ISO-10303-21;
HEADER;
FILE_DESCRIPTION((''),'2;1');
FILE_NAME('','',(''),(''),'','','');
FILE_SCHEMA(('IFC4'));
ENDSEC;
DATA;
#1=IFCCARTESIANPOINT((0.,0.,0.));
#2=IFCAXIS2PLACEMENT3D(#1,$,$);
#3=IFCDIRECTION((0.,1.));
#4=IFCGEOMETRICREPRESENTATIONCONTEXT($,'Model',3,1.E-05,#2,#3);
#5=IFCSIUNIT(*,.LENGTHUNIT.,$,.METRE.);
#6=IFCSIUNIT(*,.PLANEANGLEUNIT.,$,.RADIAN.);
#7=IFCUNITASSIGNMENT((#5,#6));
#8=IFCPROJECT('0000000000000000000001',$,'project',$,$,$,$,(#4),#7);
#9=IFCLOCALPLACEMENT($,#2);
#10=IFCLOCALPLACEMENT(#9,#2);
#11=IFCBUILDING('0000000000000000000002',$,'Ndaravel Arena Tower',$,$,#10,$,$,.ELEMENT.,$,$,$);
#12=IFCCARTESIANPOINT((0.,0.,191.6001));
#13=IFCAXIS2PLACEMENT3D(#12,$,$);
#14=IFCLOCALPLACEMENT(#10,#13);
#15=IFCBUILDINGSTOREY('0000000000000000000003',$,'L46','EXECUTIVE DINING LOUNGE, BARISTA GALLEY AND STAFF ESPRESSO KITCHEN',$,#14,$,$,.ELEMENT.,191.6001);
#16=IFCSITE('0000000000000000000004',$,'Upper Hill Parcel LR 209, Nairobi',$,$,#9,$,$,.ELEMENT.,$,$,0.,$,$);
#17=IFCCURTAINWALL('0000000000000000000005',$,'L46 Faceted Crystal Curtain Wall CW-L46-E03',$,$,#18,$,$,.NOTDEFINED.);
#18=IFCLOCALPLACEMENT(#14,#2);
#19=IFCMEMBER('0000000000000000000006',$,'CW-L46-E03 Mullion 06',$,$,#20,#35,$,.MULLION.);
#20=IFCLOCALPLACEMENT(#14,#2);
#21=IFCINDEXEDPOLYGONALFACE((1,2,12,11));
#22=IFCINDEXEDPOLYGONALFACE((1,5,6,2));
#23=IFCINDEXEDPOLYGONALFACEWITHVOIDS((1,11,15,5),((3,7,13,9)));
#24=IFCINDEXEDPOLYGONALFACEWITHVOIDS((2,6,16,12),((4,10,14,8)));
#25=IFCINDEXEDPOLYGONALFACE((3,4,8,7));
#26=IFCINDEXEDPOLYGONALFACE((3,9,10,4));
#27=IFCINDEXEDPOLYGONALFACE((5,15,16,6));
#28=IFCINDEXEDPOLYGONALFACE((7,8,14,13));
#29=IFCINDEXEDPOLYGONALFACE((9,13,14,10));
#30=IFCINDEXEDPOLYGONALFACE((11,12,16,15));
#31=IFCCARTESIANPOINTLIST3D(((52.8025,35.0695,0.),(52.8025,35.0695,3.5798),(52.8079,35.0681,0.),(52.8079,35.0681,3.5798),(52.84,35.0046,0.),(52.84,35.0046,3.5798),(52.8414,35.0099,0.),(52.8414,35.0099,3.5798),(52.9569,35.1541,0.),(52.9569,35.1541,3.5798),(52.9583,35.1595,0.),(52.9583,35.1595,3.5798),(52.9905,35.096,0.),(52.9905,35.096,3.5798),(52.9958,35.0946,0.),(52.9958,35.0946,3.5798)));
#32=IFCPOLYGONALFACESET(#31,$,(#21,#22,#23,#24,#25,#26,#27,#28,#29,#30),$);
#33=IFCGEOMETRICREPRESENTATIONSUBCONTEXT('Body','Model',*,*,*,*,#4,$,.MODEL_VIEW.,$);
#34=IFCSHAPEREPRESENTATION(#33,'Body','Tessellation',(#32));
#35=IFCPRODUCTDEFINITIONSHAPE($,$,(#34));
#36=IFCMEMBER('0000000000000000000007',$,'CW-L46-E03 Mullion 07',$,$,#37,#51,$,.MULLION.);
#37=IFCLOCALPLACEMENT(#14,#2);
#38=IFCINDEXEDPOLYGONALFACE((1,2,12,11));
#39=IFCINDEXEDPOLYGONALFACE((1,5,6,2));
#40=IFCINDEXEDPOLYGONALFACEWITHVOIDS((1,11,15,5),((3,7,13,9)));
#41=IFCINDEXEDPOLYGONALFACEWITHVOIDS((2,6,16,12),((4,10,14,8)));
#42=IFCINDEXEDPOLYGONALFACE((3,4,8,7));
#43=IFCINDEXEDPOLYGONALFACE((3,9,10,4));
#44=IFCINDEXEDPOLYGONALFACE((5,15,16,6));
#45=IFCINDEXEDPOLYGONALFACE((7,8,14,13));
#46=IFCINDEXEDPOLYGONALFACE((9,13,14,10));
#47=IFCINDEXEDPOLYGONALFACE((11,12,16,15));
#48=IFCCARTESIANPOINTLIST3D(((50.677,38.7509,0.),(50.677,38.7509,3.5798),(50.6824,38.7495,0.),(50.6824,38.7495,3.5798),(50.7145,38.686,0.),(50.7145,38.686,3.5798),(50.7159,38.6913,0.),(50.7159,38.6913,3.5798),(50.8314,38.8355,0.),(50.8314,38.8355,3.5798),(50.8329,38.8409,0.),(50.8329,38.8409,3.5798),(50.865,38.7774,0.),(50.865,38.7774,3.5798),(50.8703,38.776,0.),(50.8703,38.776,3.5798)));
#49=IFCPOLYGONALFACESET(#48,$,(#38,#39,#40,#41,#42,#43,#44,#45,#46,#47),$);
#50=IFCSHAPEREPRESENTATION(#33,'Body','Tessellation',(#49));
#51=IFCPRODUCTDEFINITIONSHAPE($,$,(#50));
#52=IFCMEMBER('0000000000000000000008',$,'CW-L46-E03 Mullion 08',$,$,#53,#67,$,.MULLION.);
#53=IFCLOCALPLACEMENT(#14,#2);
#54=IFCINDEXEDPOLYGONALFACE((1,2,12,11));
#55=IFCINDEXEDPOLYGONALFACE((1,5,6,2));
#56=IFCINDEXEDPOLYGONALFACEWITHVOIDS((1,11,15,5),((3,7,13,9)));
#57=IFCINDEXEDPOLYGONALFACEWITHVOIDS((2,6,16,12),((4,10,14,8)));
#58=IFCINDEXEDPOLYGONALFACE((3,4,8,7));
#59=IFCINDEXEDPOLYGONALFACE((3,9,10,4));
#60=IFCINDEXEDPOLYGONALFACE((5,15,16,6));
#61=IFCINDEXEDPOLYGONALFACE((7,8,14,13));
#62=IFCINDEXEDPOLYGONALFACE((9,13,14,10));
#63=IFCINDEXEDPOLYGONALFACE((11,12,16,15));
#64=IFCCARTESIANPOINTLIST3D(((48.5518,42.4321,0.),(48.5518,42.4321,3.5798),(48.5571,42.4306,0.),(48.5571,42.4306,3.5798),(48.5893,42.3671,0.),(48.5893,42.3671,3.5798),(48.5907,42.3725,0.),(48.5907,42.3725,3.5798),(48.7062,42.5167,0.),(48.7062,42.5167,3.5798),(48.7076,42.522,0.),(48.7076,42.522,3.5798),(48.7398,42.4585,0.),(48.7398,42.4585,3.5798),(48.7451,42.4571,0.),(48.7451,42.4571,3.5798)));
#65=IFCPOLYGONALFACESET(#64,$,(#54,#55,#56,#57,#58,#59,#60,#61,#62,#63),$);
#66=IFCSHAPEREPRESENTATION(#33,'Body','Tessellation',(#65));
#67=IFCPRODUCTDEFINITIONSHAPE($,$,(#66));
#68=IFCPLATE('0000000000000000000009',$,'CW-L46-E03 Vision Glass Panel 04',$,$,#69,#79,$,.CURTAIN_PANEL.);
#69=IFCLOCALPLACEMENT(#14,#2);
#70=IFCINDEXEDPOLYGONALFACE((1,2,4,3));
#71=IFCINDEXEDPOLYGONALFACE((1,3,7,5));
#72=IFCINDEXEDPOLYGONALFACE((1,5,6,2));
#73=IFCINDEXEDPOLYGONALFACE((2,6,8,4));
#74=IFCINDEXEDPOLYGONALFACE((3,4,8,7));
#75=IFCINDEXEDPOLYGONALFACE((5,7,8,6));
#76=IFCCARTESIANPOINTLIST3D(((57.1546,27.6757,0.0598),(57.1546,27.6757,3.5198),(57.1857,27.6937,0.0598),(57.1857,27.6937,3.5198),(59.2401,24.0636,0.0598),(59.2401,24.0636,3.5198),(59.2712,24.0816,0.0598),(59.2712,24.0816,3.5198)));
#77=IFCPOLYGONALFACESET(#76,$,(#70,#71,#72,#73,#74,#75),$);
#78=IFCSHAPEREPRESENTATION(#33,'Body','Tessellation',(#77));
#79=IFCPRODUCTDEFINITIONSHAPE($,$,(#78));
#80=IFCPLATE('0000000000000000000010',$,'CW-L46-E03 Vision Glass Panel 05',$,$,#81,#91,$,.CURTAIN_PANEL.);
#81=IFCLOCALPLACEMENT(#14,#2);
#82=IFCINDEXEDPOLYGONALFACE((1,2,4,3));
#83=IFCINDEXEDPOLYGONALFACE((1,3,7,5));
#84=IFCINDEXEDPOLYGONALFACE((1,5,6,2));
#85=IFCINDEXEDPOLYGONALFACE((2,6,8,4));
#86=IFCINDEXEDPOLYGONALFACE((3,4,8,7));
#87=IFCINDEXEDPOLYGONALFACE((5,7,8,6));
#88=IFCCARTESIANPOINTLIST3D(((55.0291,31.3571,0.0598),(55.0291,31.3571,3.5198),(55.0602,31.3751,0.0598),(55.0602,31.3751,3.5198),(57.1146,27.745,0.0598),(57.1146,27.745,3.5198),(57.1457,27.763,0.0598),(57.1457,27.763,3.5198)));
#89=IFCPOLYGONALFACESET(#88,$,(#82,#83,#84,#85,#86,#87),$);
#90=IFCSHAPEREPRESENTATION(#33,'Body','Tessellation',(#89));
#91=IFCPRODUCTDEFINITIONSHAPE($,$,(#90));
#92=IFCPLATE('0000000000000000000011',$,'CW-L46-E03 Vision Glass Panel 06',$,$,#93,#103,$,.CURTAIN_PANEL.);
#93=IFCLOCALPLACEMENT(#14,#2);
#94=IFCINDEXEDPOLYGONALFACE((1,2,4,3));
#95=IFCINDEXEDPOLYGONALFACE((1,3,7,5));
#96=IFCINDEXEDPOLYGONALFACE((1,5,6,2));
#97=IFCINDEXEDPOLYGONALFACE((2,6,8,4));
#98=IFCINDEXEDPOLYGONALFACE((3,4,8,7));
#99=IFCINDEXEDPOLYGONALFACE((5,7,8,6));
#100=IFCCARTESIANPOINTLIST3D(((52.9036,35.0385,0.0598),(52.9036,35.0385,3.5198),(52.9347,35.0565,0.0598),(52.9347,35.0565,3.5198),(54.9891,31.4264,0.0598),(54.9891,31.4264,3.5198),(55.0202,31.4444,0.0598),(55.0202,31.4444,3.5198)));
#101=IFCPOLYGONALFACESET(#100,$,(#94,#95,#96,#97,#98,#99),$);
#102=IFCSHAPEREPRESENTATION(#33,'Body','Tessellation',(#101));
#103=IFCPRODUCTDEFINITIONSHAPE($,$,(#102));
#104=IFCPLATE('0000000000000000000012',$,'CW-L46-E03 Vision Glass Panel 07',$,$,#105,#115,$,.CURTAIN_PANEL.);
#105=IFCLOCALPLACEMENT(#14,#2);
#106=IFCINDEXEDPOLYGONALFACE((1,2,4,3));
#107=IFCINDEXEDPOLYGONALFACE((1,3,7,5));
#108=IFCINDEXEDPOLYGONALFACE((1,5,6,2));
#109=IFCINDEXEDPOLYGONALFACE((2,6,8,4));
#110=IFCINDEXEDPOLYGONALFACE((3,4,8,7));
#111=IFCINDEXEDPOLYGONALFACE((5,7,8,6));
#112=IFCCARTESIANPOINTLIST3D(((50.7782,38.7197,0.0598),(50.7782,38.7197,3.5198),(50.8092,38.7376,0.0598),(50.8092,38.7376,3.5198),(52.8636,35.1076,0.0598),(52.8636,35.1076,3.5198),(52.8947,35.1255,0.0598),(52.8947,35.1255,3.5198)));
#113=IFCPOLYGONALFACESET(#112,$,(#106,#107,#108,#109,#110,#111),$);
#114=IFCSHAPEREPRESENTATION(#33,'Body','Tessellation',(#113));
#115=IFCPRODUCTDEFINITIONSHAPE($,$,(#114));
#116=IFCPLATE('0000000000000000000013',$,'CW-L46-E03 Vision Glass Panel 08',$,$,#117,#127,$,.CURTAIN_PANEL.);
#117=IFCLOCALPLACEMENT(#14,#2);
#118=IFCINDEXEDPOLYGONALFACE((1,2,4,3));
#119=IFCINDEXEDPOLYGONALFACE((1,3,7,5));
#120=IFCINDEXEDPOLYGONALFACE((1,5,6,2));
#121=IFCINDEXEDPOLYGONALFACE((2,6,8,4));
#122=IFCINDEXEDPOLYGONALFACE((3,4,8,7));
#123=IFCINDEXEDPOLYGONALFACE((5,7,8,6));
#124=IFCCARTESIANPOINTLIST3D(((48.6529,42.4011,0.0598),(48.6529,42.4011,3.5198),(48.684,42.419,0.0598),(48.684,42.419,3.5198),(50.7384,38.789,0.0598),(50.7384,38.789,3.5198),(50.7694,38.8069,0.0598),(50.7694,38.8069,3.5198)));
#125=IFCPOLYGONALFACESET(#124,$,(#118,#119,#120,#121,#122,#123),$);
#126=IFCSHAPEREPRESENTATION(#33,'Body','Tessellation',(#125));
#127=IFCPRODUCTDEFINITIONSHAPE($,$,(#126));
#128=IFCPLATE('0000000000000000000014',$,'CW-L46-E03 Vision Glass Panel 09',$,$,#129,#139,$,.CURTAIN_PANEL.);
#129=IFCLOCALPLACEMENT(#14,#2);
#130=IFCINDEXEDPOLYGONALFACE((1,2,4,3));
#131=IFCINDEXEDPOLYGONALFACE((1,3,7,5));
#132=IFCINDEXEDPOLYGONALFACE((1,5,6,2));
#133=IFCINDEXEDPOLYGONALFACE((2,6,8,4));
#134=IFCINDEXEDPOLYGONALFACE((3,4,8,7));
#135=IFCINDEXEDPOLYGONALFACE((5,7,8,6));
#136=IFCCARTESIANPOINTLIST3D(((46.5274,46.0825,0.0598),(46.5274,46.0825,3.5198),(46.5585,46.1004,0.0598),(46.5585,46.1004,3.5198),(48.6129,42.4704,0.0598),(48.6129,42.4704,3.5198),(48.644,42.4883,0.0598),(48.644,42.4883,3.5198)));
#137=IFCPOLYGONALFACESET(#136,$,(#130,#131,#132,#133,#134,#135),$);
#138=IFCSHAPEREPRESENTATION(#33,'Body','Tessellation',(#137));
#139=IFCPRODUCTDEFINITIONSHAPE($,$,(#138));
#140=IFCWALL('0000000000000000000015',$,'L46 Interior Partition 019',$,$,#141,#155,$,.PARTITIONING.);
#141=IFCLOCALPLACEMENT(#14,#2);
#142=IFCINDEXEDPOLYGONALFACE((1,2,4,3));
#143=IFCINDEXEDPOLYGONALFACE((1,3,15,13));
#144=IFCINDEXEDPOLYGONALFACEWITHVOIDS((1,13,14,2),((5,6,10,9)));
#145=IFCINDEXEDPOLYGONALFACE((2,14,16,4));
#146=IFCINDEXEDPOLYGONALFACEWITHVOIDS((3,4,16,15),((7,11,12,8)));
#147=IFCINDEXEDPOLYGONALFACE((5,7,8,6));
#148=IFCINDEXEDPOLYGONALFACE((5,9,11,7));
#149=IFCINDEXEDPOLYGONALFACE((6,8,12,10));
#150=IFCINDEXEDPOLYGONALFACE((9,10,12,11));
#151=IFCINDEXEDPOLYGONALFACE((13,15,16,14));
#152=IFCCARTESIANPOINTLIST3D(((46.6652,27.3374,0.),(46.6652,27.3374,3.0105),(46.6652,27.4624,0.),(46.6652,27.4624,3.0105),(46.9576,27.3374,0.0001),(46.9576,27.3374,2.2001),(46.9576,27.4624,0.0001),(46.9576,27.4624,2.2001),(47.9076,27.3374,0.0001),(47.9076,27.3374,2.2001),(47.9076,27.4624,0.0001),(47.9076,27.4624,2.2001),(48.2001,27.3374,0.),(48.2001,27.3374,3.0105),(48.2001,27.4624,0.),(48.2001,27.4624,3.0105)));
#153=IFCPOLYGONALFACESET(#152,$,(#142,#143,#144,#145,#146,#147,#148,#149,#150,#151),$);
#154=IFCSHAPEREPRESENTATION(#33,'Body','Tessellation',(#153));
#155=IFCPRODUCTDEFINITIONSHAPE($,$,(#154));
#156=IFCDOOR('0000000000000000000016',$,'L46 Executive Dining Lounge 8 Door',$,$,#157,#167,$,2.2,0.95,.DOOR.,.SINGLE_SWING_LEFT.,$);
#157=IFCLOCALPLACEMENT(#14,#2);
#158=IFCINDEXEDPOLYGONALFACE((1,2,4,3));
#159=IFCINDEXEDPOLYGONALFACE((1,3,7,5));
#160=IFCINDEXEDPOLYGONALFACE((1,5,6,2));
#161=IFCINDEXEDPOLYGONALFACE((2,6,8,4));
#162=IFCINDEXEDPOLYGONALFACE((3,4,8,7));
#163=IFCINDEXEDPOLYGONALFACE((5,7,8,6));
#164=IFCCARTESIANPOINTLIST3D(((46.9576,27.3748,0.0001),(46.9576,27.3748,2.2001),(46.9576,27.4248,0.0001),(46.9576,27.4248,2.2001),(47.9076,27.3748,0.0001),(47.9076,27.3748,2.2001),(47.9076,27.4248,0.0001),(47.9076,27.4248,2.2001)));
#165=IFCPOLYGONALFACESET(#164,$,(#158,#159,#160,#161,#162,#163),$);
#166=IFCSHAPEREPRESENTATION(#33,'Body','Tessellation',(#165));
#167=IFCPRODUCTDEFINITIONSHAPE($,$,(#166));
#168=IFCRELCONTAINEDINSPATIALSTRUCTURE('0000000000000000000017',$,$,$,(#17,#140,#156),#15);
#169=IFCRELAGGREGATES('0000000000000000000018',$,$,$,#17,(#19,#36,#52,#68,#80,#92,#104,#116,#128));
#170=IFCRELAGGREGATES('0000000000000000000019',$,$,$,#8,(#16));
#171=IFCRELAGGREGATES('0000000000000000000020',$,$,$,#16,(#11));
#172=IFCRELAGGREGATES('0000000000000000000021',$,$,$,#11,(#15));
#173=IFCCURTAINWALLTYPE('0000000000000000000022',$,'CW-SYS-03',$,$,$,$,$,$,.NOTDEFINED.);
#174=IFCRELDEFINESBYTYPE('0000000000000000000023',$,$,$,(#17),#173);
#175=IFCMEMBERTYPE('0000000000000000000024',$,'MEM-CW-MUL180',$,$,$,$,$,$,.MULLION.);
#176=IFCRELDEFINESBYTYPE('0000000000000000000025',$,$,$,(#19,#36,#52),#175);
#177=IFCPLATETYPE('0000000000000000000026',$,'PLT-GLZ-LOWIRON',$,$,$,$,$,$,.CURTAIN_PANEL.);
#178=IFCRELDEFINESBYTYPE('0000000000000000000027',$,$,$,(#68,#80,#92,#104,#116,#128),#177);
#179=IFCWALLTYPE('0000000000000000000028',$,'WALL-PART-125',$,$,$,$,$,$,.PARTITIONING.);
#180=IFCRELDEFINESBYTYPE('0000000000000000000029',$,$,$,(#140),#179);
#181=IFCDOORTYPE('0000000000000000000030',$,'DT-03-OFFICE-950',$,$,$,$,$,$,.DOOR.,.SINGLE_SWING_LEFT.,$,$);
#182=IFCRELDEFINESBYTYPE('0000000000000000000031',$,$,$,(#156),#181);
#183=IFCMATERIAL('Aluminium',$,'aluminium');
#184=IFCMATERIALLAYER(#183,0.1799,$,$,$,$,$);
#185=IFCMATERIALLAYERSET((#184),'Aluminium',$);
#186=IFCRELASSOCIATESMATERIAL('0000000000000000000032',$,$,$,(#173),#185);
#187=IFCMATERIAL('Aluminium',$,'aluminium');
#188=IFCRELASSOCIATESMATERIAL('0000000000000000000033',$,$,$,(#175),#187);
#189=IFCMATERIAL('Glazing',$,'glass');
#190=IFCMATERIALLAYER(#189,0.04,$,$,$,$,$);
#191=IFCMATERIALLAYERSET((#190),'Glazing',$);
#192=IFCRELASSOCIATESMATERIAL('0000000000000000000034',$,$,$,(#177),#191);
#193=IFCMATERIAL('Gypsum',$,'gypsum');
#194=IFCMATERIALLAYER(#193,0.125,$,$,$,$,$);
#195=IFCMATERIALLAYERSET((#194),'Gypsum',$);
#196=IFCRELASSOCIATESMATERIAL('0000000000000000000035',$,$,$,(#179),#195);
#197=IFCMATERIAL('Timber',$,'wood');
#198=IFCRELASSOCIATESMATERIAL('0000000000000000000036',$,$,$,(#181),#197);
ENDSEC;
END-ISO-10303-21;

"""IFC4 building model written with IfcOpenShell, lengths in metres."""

from ifc_helpers import new_model, si_unit, direction, frame, frame_2d, origin, origin_2d, place, context, subcontext, project, spatial, rectangle, hollow_rectangle, extrude, material, layer, layer_set, material_profile, profile_set, type_object, element, fill, aggregate, save


model = new_model("IFC4")

# Units and contexts
model_context = context("Model", 3, precision=1e-05, world=origin(), true_north=direction((0.0, 1.0)))
body_context = subcontext(model_context, "Body", "Model", "MODEL_VIEW")
ifc_project = project(units=[si_unit("LENGTHUNIT", "METRE"), si_unit("PLANEANGLEUNIT", "RADIAN")], contexts=[model_context])

# Site, building, storey
site_placement = place(None, origin())
site = spatial("IfcSite", under=ifc_project, at=site_placement, Name="Upper Hill Parcel LR 209, Nairobi", CompositionType="ELEMENT", RefElevation=0.0)
building_placement = place(site_placement, origin())
building = spatial("IfcBuilding", under=site, at=building_placement, Name="Ndaravel Arena Tower", CompositionType="ELEMENT")
storey_placement = place(building_placement, frame((0.0, 0.0, 191.6001)))
storey = spatial("IfcBuildingStorey", under=building, at=storey_placement, Name="L46", Description="EXECUTIVE DINING LOUNGE, BARISTA GALLEY AND STAFF ESPRESSO KITCHEN", CompositionType="ELEMENT", Elevation=191.6001)

# Curtain wall, members, plates
ifc_material_1 = material(Name="Aluminium", Category="aluminium")
ifc_layer_1 = layer(ifc_material_1, 0.1799)
ifc_layer_set_1 = layer_set([ifc_layer_1], Name="Aluminium")
curtain_wall_type = type_object("IfcCurtainWallType", Name="CW-SYS-03", PredefinedType="NOTDEFINED", material=ifc_layer_set_1)
curtain_wall_placement = place(storey_placement, origin())
curtain_wall = element("IfcCurtainWall", 1, at=curtain_wall_placement, inside=storey, type_object=curtain_wall_type, Name="L46 Faceted Crystal Curtain Wall CW-L46-E03", PredefinedType="NOTDEFINED")
ifc_material_2 = material(Name="Aluminium", Category="aluminium")
ifc_material_profile_1 = material_profile(ifc_material_2, hollow_rectangle(XDim=0.075, YDim=0.1799, WallThickness=0.0039, at=origin_2d()), Name="CW MULLION 75x180x4")
ifc_profile_set_1 = profile_set([ifc_material_profile_1], Name="Aluminium")
member_type = type_object("IfcMemberType", Name="MEM-CW-MUL180", PredefinedType="MULLION", material=ifc_profile_set_1)
member_1_placement = place(storey_placement, frame((52.8992, 35.082, 0.0), z_axis=(0.0, 0.0, 1.0), x_axis=(-0.5, 0.866025, 0.0)))
member_1 = element("IfcMember", 2, at=member_1_placement, type_object=member_type, Name="CW-L46-E03 Mullion 06", PredefinedType="MULLION", context=body_context, shape_type="SweptSolid", body=[
    extrude(hollow_rectangle(XDim=0.075, YDim=0.1799, WallThickness=0.0039, at=origin_2d()), origin(), (0.0, 0.0, 1.0), 3.5798),
])
member_2_placement = place(storey_placement, frame((50.7737, 38.7634, 0.0), z_axis=(0.0, 0.0, 1.0), x_axis=(-0.5, 0.866025, 0.0)))
member_2 = element("IfcMember", 3, at=member_2_placement, type_object=member_type, Name="CW-L46-E03 Mullion 07", PredefinedType="MULLION", context=body_context, shape_type="SweptSolid", body=[
    extrude(hollow_rectangle(XDim=0.075, YDim=0.1799, WallThickness=0.0039, at=origin_2d()), origin(), (0.0, 0.0, 1.0), 3.5798),
])
member_3_placement = place(storey_placement, frame((48.6484, 42.4446, 0.0), z_axis=(0.0, 0.0, 1.0), x_axis=(-0.5, 0.866025, 0.0)))
member_3 = element("IfcMember", 4, at=member_3_placement, type_object=member_type, Name="CW-L46-E03 Mullion 08", PredefinedType="MULLION", context=body_context, shape_type="SweptSolid", body=[
    extrude(hollow_rectangle(XDim=0.075, YDim=0.1799, WallThickness=0.0039, at=origin_2d()), origin(), (0.0, 0.0, 1.0), 3.5798),
])
ifc_material_3 = material(Name="Glazing", Category="glass")
ifc_layer_2 = layer(ifc_material_3, 0.04)
ifc_layer_set_2 = layer_set([ifc_layer_2], Name="Glazing")
plate_type = type_object("IfcPlateType", Name="PLT-GLZ-LOWIRON", PredefinedType="CURTAIN_PANEL", material=ifc_layer_set_2)
plate_1_placement = place(storey_placement, frame((58.2129, 25.8787, 0.0598), z_axis=(0.0, 0.0, 1.0), x_axis=(-0.5, 0.866025, 0.0)))
plate_1 = element("IfcPlate", 5, at=plate_1_placement, type_object=plate_type, Name="CW-L46-E03 Vision Glass Panel 04", PredefinedType="CURTAIN_PANEL", context=body_context, shape_type="SweptSolid", body=[
    extrude(rectangle(XDim=4.1709, YDim=0.0359, at=origin_2d()), origin(), (0.0, 0.0, 1.0), 3.46),
])
plate_2_placement = place(storey_placement, frame((56.0874, 29.5601, 0.0598), z_axis=(0.0, 0.0, 1.0), x_axis=(-0.5, 0.866025, 0.0)))
plate_2 = element("IfcPlate", 6, at=plate_2_placement, type_object=plate_type, Name="CW-L46-E03 Vision Glass Panel 05", PredefinedType="CURTAIN_PANEL", context=body_context, shape_type="SweptSolid", body=[
    extrude(rectangle(XDim=4.1709, YDim=0.0359, at=origin_2d()), origin(), (0.0, 0.0, 1.0), 3.46),
])
plate_3_placement = place(storey_placement, frame((53.9619, 33.2415, 0.0598), z_axis=(0.0, 0.0, 1.0), x_axis=(-0.5, 0.866025, 0.0)))
plate_3 = element("IfcPlate", 7, at=plate_3_placement, type_object=plate_type, Name="CW-L46-E03 Vision Glass Panel 06", PredefinedType="CURTAIN_PANEL", context=body_context, shape_type="SweptSolid", body=[
    extrude(rectangle(XDim=4.1709, YDim=0.0359, at=origin_2d()), origin(), (0.0, 0.0, 1.0), 3.46),
])
plate_4_placement = place(storey_placement, frame((51.8364, 36.9226, 0.0598), z_axis=(0.0, 0.0, 1.0), x_axis=(-0.5, 0.866025, 0.0)))
plate_4 = element("IfcPlate", 8, at=plate_4_placement, type_object=plate_type, Name="CW-L46-E03 Vision Glass Panel 07", PredefinedType="CURTAIN_PANEL", context=body_context, shape_type="SweptSolid", body=[
    extrude(rectangle(XDim=4.1709, YDim=0.0359, at=origin_2d()), origin(), (0.0, 0.0, 1.0), 3.46),
])
plate_5_placement = place(storey_placement, frame((49.7112, 40.604, 0.0598), z_axis=(0.0, 0.0, 1.0), x_axis=(-0.5, 0.866025, 0.0)))
plate_5 = element("IfcPlate", 9, at=plate_5_placement, type_object=plate_type, Name="CW-L46-E03 Vision Glass Panel 08", PredefinedType="CURTAIN_PANEL", context=body_context, shape_type="SweptSolid", body=[
    extrude(rectangle(XDim=4.1709, YDim=0.0359, at=origin_2d()), origin(), (0.0, 0.0, 1.0), 3.46),
])
plate_6_placement = place(storey_placement, frame((47.5857, 44.2854, 0.0598), z_axis=(0.0, 0.0, 1.0), x_axis=(-0.5, 0.866025, 0.0)))
plate_6 = element("IfcPlate", 10, at=plate_6_placement, type_object=plate_type, Name="CW-L46-E03 Vision Glass Panel 09", PredefinedType="CURTAIN_PANEL", context=body_context, shape_type="SweptSolid", body=[
    extrude(rectangle(XDim=4.1709, YDim=0.0359, at=origin_2d()), origin(), (0.0, 0.0, 1.0), 3.46),
])
aggregate(curtain_wall, [member_1, member_2, member_3, plate_1, plate_2, plate_3, plate_4, plate_5, plate_6])

# Wall, opening, door
ifc_material_4 = material(Name="Gypsum", Category="gypsum")
ifc_layer_3 = layer(ifc_material_4, 0.125)
ifc_layer_set_3 = layer_set([ifc_layer_3], Name="Gypsum")
wall_type = type_object("IfcWallType", Name="WALL-PART-125", PredefinedType="PARTITIONING", material=ifc_layer_set_3)
wall_1_placement = place(storey_placement, frame((46.665, 27.3999, 0.0), z_axis=(0.0, 0.0, 1.0), x_axis=(1.0, 0.0, 0.0)))
wall_1 = element("IfcWall", 11, at=wall_1_placement, inside=storey, type_object=wall_type, Name="L46 Interior Partition 019", PredefinedType="PARTITIONING", context=body_context, shape_type="SweptSolid", body=[
    extrude(rectangle(XDim=1.5349, YDim=0.125, at=frame_2d((0.7676, 0.0))), origin(), (0.0, 0.0, 1.0), 3.0105),
])
opening_1_placement = place(wall_1_placement, frame((0.2925, 0.0, 0.0)))
opening_1 = element("IfcOpeningElement", 12, at=opening_1_placement, cuts=wall_1, PredefinedType="OPENING", context=body_context, shape_type="SweptSolid", body=[
    extrude(rectangle(XDim=0.95, YDim=2.2, at=frame_2d((0.4751, 1.1001))), frame((0.0, 0.0625, 0.0), z_axis=(0.0, -1.0, 0.0), x_axis=(1.0, 0.0, 0.0)), (0.0, 0.0, 1.0), 0.125),
])
ifc_material_5 = material(Name="Timber", Category="wood")
door_type = type_object("IfcDoorType", Name="DT-03-OFFICE-950", OperationType="SINGLE_SWING_LEFT", PredefinedType="DOOR", material=ifc_material_5)
door_1_placement = place(opening_1_placement, origin())
door_1 = element("IfcDoor", 13, at=door_1_placement, inside=storey, type_object=door_type, Name="L46 Executive Dining Lounge 8 Door", OperationType="SINGLE_SWING_LEFT", OverallHeight=2.2, OverallWidth=0.95, PredefinedType="DOOR", context=body_context, shape_type="SweptSolid", body=[
    extrude(rectangle(XDim=0.95, YDim=2.2, at=frame_2d((0.4751, 1.1001))), frame((0.0, 0.0249, 0.0), z_axis=(0.0, -1.0, 0.0), x_axis=(1.0, 0.0, 0.0)), (0.0, 0.0, 1.0), 0.05),
])
fill(opening_1, door_1)

save(model, "model.ifc")
